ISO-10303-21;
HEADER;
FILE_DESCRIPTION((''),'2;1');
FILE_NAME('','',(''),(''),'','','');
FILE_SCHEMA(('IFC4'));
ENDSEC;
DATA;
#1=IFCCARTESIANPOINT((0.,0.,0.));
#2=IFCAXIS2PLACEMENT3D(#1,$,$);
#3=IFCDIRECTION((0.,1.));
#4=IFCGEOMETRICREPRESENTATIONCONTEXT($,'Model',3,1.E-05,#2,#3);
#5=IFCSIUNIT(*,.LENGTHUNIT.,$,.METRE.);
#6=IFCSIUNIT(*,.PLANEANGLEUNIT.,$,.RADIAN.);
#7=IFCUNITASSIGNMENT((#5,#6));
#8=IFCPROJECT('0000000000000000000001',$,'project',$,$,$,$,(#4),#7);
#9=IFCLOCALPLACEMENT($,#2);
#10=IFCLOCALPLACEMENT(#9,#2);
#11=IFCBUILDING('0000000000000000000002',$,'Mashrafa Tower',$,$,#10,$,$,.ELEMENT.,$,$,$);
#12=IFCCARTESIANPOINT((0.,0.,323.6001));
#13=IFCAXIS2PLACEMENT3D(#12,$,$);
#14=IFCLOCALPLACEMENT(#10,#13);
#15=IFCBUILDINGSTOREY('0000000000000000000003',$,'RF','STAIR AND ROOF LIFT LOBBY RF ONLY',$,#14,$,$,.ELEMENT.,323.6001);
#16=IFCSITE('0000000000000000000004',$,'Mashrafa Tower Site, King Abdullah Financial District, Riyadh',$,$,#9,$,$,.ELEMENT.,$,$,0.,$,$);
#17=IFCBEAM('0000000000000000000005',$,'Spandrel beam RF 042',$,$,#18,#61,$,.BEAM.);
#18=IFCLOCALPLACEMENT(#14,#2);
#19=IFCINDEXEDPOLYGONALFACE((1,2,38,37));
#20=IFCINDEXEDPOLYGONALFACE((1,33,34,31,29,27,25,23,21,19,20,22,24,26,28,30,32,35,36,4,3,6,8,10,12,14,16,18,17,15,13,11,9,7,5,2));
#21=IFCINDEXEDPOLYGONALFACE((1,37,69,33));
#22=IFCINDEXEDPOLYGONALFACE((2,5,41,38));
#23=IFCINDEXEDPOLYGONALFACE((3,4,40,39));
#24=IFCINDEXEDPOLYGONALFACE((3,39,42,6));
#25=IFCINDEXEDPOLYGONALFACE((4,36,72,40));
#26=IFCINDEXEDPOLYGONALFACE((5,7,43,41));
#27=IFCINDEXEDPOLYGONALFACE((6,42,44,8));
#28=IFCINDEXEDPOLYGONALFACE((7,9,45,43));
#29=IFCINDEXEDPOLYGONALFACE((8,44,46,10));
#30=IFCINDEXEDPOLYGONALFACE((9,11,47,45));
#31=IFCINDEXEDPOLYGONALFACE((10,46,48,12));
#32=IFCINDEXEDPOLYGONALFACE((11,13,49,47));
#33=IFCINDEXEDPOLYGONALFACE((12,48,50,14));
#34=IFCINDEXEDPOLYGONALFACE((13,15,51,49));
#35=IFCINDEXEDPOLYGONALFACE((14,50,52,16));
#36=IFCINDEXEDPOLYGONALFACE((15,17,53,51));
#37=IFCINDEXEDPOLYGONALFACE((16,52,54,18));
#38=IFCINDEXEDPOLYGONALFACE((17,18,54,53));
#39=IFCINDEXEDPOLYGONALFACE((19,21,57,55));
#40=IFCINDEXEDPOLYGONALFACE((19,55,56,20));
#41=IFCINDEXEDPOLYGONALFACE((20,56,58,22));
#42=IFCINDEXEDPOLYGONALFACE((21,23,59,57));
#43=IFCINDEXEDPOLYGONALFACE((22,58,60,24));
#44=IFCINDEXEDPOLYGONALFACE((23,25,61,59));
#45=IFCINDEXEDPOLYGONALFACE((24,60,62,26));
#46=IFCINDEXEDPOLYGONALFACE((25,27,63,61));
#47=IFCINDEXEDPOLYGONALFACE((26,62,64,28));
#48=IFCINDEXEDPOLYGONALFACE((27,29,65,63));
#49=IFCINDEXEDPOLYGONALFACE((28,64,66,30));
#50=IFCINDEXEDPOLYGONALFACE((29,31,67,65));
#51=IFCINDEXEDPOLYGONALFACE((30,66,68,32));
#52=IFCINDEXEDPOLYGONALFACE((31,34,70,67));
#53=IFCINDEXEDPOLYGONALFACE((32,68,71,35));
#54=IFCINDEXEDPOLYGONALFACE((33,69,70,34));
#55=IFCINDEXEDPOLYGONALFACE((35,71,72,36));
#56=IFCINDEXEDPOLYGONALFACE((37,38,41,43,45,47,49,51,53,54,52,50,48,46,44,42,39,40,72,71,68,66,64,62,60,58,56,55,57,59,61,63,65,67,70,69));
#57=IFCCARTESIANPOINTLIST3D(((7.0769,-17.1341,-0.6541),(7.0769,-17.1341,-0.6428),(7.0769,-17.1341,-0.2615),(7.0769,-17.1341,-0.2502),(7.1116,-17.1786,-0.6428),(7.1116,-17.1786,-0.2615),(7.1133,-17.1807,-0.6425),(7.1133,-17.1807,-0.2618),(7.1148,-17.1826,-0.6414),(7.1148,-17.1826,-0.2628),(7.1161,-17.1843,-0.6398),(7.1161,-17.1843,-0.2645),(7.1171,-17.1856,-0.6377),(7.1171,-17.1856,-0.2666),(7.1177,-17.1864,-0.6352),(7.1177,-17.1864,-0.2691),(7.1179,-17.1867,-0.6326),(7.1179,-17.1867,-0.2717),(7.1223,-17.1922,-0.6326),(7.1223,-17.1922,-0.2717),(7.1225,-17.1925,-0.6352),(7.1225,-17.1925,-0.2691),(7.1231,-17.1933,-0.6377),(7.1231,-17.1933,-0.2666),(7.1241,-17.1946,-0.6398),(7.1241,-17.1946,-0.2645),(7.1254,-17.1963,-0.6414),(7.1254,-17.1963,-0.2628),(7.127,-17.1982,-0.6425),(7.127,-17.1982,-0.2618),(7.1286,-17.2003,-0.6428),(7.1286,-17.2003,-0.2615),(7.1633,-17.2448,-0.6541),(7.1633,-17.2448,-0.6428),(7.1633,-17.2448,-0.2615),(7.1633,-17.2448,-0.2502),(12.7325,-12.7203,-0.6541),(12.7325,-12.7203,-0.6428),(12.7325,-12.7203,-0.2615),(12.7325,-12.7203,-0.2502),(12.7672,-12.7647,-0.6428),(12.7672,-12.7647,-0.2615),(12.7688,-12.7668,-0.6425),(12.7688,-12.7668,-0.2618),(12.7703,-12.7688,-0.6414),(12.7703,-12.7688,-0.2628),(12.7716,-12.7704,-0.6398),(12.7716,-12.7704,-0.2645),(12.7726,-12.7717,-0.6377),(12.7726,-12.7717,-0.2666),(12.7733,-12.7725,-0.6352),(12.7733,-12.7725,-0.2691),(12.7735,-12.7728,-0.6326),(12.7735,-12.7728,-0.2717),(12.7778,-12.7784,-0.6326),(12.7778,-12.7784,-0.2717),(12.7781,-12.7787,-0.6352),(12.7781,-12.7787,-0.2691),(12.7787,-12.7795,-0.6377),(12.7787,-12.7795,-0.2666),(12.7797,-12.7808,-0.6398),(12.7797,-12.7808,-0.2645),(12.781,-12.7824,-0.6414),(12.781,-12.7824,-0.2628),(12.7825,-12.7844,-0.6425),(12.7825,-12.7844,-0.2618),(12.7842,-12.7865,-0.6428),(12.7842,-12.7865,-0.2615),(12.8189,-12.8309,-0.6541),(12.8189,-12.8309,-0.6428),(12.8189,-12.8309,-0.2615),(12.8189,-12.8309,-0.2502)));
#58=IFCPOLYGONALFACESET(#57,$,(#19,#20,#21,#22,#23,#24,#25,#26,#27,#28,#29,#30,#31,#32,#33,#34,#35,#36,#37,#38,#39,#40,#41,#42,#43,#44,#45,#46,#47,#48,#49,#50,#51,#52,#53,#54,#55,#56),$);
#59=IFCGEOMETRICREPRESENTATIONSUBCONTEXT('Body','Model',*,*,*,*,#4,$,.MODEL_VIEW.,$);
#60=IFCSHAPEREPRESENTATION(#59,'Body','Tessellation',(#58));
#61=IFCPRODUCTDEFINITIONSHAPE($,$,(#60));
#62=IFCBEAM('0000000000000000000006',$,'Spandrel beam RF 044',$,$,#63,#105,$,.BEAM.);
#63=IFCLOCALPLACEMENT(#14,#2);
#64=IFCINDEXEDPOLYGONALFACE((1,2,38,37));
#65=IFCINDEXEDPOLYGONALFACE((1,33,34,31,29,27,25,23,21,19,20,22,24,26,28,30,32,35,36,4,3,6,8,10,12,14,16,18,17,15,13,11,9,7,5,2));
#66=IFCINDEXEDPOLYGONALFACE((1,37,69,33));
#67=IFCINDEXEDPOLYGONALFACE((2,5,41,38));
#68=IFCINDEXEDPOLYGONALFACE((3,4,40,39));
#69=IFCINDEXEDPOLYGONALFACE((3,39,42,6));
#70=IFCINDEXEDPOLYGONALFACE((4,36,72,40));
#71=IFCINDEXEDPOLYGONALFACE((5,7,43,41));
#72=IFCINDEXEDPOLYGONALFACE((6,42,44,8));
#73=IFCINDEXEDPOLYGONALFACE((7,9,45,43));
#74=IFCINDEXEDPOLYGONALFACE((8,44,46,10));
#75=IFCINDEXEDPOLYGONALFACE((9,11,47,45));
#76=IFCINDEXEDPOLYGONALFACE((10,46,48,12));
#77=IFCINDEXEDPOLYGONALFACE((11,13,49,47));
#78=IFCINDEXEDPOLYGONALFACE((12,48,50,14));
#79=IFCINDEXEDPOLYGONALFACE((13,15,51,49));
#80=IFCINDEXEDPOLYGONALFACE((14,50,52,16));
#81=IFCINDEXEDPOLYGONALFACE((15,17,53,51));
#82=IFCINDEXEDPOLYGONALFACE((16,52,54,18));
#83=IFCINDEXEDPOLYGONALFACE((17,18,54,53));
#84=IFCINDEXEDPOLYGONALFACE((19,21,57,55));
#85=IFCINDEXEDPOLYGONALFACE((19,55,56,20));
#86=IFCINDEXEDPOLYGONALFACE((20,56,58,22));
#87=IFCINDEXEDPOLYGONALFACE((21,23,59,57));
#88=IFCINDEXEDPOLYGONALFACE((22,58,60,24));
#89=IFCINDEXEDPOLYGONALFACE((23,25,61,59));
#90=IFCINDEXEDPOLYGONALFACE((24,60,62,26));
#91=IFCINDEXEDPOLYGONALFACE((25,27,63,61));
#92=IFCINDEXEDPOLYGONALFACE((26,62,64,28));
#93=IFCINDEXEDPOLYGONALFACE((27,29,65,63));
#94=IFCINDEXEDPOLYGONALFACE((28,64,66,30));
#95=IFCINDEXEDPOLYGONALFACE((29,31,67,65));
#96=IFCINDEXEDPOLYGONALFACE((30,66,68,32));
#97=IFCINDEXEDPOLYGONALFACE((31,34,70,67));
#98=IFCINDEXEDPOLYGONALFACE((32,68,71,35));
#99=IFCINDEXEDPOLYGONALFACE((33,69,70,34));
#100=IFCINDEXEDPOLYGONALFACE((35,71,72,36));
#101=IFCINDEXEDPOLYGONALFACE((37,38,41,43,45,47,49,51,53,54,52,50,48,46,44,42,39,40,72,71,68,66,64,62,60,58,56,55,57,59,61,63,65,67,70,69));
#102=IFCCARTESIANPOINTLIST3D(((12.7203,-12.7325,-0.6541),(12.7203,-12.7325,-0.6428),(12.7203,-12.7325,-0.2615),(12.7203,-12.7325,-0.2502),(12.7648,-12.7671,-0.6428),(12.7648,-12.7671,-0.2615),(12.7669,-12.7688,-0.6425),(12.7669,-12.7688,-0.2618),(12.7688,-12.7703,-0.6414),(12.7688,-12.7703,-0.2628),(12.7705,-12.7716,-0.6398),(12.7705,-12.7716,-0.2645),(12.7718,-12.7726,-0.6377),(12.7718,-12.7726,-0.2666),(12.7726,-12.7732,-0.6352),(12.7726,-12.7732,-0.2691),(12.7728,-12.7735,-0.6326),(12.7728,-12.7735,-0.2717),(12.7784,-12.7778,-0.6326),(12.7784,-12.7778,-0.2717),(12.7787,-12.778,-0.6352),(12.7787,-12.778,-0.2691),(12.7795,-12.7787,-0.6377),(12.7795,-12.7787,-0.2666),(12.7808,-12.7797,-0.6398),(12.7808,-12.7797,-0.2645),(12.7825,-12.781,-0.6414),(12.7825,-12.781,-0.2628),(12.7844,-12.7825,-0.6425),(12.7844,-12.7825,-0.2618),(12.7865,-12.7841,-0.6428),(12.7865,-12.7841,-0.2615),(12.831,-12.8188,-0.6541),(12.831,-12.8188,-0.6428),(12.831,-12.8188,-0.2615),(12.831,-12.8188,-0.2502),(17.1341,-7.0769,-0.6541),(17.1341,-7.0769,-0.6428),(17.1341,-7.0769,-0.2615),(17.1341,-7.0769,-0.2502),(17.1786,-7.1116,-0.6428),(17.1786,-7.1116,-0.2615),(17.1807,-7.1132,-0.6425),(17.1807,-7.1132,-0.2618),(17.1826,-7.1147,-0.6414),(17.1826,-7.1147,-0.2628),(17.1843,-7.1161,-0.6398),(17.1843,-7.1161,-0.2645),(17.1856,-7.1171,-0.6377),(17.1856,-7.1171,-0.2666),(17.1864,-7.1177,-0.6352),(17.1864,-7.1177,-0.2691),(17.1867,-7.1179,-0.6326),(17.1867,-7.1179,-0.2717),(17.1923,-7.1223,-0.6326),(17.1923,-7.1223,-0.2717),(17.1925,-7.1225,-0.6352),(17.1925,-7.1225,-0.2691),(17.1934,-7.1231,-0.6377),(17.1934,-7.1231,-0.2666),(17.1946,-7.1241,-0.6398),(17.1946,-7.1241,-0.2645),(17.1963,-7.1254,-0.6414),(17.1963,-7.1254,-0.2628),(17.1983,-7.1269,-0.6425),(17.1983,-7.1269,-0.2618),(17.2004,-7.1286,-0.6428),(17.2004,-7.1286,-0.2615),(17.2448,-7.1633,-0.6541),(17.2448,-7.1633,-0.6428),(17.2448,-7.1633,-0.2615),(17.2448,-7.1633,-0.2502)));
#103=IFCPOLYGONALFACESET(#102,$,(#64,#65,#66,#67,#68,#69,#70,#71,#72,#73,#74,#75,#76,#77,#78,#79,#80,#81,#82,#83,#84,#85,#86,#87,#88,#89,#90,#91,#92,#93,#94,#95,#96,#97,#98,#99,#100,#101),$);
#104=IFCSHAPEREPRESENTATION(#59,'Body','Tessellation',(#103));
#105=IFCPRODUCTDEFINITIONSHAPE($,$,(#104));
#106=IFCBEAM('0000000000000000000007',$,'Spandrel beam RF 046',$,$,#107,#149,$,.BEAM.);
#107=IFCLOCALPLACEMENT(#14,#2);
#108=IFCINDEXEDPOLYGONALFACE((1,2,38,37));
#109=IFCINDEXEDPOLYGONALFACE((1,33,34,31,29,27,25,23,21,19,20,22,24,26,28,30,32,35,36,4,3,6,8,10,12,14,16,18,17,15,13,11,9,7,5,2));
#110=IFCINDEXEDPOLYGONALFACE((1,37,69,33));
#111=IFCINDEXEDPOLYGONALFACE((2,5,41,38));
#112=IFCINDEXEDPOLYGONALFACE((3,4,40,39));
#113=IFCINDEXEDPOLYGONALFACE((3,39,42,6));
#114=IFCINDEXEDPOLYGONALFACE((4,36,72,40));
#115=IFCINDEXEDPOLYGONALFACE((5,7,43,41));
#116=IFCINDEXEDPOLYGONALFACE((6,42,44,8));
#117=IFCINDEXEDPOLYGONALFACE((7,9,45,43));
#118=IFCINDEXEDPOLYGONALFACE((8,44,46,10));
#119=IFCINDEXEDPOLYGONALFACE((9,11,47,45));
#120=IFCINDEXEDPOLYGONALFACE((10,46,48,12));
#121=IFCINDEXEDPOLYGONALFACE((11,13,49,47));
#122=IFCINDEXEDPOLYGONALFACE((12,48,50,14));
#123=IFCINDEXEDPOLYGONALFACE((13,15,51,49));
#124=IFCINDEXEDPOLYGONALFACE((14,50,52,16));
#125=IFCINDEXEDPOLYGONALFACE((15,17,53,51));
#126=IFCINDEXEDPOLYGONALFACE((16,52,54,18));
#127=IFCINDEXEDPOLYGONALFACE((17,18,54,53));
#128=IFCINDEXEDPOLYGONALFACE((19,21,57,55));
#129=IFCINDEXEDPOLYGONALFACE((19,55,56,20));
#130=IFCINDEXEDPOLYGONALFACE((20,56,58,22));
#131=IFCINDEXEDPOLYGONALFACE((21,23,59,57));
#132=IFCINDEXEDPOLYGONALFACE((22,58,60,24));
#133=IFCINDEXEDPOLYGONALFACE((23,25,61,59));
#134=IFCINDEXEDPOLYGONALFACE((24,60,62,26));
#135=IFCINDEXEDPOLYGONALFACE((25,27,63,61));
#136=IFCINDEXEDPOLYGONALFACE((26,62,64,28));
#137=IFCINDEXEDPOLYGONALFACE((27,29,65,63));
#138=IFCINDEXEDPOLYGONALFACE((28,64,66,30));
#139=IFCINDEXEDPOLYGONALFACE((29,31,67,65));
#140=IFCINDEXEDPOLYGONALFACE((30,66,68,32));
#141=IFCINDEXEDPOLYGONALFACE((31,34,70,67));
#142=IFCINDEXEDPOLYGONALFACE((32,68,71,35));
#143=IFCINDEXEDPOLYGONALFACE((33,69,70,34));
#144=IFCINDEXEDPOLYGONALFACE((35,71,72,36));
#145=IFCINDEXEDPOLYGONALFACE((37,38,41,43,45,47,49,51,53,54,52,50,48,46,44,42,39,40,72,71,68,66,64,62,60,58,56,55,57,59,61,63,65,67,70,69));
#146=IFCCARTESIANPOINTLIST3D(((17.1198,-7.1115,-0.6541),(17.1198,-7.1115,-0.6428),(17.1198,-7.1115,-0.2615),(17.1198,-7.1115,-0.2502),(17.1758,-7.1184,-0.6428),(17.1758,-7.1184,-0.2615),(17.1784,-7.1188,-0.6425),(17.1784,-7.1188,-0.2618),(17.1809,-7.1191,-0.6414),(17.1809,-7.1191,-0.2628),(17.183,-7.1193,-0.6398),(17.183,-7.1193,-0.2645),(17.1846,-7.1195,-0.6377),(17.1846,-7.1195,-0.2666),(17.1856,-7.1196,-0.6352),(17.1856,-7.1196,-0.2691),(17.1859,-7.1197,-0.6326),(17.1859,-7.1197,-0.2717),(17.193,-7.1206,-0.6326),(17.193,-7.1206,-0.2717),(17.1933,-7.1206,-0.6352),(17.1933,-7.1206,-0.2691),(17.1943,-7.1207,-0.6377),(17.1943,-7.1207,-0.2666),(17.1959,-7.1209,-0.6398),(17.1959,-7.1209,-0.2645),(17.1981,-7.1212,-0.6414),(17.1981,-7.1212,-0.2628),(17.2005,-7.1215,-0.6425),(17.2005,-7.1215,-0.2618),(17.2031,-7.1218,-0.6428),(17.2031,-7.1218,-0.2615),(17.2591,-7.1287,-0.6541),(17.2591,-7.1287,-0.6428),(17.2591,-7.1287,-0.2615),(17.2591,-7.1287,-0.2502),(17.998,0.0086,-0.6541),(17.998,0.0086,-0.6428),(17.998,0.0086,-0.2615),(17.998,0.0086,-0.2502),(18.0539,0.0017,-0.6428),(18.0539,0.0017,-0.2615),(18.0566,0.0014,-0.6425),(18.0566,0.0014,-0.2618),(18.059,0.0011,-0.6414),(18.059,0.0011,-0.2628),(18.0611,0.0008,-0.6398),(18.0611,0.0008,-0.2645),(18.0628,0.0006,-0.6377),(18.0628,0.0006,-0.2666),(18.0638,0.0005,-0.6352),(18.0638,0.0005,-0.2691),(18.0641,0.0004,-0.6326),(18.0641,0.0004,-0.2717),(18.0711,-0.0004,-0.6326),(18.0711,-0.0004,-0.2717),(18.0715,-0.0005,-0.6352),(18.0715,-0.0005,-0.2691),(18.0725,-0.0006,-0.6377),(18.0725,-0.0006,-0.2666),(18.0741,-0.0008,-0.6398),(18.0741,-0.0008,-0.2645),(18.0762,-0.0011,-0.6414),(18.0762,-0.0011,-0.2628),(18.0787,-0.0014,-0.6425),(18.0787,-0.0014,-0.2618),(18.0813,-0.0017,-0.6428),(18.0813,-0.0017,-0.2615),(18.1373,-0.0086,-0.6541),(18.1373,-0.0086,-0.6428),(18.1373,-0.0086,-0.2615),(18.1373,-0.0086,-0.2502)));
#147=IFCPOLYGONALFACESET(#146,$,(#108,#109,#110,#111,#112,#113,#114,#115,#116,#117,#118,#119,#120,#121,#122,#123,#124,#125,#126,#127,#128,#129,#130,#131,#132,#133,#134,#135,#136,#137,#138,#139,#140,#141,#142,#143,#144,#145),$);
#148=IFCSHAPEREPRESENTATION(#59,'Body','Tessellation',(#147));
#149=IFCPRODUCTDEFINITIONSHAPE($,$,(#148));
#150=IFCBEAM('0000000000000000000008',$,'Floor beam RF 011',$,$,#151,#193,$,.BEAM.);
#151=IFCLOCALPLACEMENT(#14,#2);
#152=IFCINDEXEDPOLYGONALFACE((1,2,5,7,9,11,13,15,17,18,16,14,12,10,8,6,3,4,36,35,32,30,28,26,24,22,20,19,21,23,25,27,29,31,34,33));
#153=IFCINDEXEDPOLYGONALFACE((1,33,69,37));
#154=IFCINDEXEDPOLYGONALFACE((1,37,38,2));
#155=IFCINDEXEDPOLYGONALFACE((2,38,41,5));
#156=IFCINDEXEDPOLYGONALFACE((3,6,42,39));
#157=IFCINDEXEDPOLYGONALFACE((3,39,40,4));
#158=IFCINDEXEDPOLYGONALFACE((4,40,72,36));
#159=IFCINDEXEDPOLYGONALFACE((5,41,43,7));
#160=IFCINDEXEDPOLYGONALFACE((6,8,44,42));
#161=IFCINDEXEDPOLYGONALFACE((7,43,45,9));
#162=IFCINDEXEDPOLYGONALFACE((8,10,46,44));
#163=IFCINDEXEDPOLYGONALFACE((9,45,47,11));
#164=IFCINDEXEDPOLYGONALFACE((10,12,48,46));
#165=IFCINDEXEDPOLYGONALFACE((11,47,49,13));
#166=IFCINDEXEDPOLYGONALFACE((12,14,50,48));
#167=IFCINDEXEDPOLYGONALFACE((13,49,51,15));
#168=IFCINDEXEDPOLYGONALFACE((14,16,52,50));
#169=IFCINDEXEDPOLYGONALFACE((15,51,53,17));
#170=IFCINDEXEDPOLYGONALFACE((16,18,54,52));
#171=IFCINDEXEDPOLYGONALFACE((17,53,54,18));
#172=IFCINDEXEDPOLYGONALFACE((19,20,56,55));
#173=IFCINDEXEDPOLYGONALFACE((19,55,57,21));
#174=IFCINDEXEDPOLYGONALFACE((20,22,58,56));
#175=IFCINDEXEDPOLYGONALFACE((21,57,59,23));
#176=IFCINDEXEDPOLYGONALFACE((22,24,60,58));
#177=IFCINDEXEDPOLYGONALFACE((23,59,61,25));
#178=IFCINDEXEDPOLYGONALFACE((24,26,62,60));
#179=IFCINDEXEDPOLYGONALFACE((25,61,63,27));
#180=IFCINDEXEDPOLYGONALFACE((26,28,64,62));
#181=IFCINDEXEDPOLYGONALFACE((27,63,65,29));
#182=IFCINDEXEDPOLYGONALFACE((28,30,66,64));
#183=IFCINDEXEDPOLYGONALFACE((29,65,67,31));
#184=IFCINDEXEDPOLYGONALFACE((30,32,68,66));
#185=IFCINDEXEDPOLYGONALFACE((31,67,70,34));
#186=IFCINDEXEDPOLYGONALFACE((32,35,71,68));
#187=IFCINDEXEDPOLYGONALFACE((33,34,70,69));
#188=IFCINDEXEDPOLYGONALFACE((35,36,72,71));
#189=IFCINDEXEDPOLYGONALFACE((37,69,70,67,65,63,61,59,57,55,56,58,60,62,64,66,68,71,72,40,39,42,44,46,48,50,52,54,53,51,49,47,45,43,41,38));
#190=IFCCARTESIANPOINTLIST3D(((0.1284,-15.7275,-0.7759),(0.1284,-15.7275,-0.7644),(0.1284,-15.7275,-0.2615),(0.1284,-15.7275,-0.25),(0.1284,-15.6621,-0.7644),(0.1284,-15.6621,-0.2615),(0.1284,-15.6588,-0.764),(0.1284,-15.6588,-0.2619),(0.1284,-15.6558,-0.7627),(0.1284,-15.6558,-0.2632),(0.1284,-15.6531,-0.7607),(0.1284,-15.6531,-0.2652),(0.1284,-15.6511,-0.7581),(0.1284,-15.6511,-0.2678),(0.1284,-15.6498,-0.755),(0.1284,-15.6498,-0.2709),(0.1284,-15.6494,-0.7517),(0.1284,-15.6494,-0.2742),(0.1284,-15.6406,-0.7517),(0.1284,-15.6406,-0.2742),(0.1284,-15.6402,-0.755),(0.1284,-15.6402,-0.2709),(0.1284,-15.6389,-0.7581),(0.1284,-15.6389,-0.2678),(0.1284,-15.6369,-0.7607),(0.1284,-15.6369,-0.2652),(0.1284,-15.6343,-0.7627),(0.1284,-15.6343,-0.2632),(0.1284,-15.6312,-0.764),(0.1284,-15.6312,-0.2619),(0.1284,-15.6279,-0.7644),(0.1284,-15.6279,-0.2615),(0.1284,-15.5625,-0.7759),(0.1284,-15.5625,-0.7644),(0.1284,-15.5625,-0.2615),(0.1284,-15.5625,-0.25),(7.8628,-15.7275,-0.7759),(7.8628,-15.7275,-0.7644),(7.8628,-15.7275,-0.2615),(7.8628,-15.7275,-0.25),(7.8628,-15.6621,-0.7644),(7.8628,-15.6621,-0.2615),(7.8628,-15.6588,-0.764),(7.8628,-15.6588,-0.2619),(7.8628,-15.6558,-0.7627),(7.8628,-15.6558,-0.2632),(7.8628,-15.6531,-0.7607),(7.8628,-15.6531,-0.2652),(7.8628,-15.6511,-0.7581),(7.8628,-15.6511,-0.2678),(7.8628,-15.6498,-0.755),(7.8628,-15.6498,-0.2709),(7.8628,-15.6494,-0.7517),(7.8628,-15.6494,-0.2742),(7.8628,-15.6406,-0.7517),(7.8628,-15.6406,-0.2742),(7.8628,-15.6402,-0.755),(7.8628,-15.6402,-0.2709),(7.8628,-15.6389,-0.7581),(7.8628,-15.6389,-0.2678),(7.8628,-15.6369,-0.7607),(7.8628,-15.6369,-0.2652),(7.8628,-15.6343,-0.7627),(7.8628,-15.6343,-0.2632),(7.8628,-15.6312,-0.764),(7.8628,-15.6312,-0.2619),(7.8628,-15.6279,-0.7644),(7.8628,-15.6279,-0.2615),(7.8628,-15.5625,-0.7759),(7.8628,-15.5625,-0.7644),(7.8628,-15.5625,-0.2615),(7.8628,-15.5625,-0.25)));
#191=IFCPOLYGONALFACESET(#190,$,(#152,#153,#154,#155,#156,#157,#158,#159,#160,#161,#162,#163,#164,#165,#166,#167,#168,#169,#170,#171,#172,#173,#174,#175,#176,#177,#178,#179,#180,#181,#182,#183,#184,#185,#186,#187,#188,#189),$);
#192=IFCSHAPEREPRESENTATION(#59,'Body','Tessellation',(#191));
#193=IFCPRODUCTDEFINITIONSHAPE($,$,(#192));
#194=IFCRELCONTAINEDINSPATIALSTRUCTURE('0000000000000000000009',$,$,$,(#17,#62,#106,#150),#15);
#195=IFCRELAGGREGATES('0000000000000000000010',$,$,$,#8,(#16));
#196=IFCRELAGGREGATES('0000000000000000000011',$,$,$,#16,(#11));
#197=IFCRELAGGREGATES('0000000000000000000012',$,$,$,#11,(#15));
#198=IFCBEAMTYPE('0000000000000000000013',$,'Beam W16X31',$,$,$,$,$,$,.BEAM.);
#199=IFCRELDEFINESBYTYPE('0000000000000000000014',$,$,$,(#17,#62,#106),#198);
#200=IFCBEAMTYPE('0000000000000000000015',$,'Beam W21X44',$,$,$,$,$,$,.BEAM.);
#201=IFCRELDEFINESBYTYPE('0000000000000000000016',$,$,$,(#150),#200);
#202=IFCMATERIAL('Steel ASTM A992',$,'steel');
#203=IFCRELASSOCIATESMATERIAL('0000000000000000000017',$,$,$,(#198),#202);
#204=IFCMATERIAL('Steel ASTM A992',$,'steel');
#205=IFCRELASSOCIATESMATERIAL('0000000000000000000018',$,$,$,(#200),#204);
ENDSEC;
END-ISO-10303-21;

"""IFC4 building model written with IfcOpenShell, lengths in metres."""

from ifc_helpers import new_model, si_unit, direction, frame, origin, origin_2d, place, context, subcontext, project, spatial, i_section, extrude, material, material_profile, profile_set, type_object, element, save


model = new_model("IFC4")

# Units and contexts
model_context = context("Model", 3, precision=1e-05, world=origin(), true_north=direction((0.0, 1.0)))
body_context = subcontext(model_context, "Body", "Model", "MODEL_VIEW")
ifc_project = project(units=[si_unit("LENGTHUNIT", "METRE"), si_unit("PLANEANGLEUNIT", "RADIAN")], contexts=[model_context])

# Site, building, storey
site_placement = place(None, origin())
site = spatial("IfcSite", under=ifc_project, at=site_placement, Name="Mashrafa Tower Site, King Abdullah Financial District, Riyadh", CompositionType="ELEMENT", RefElevation=0.0)
building_placement = place(site_placement, origin())
building = spatial("IfcBuilding", under=site, at=building_placement, Name="Mashrafa Tower", CompositionType="ELEMENT")
storey_placement = place(building_placement, frame((0.0, 0.0, 323.6001)))
storey = spatial("IfcBuildingStorey", under=building, at=storey_placement, Name="RF", Description="STAIR AND ROOF LIFT LOBBY RF ONLY", CompositionType="ELEMENT", Elevation=323.6001)

# Beams
ifc_material_1 = material(Name="Steel ASTM A992", Category="steel")
ifc_material_profile_1 = material_profile(ifc_material_1, i_section(OverallWidth=0.1404, OverallDepth=0.4038, WebThickness=0.0071, FlangeThickness=0.0112, FilletRadius=0.0103, at=origin_2d()), Name="W16X31")
ifc_profile_set_1 = profile_set([ifc_material_profile_1], Name="Steel ASTM A992")
beam_type_1 = type_object("IfcBeamType", Name="Beam W16X31", PredefinedType="BEAM", material=ifc_profile_set_1)
for number, where, z_axis, x_axis, name in (
    (1, (7.1201, -17.1895, -0.4521), (0.788332, 0.61525, 0.0), (-0.61525, 0.788332, 0.0), "Spandrel beam RF 042"),
    (2, (12.7756, -12.7756, -0.4521), (0.61525, 0.788332, 0.0), (-0.788332, 0.61525, 0.0), "Spandrel beam RF 044"),
    (3, (17.1895, -7.1201, -0.4521), (0.122409, 0.99248, 0.0), (-0.99248, 0.122409, 0.0), "Spandrel beam RF 046"),
):
    element("IfcBeam", number, at=place(storey_placement, frame(where, z_axis=z_axis, x_axis=x_axis)), inside=storey, type_object=beam_type_1, Name=name, PredefinedType="BEAM", context=body_context, shape_type="SweptSolid", body=[
        extrude(i_section(OverallWidth=0.1404, OverallDepth=0.4038, WebThickness=0.0071, FlangeThickness=0.0112, FilletRadius=0.0103, at=origin_2d()), origin(), (0.0, 0.0, 1.0), 7.1741),
    ])
ifc_material_2 = material(Name="Steel ASTM A992", Category="steel")
ifc_material_profile_2 = material_profile(ifc_material_2, i_section(OverallWidth=0.165, OverallDepth=0.5259, WebThickness=0.0088, FlangeThickness=0.0115, FilletRadius=0.0127, at=origin_2d()), Name="W21X44")
ifc_profile_set_2 = profile_set([ifc_material_profile_2], Name="Steel ASTM A992")
beam_type_2 = type_object("IfcBeamType", Name="Beam W21X44", PredefinedType="BEAM", material=ifc_profile_set_2)
beam_1_placement = place(storey_placement, frame((7.8628, -15.645, -0.5129), z_axis=(-1.0, 0.0, 0.0), x_axis=(0.0, -1.0, 0.0)))
element("IfcBeam", 4, at=beam_1_placement, inside=storey, type_object=beam_type_2, Name="Floor beam RF 011", PredefinedType="BEAM", context=body_context, shape_type="SweptSolid", body=[
    extrude(i_section(OverallWidth=0.165, OverallDepth=0.5259, WebThickness=0.0088, FlangeThickness=0.0115, FilletRadius=0.0127, at=origin_2d()), origin(), (0.0, 0.0, 1.0), 7.7344),
])

save(model, "model.ifc")
